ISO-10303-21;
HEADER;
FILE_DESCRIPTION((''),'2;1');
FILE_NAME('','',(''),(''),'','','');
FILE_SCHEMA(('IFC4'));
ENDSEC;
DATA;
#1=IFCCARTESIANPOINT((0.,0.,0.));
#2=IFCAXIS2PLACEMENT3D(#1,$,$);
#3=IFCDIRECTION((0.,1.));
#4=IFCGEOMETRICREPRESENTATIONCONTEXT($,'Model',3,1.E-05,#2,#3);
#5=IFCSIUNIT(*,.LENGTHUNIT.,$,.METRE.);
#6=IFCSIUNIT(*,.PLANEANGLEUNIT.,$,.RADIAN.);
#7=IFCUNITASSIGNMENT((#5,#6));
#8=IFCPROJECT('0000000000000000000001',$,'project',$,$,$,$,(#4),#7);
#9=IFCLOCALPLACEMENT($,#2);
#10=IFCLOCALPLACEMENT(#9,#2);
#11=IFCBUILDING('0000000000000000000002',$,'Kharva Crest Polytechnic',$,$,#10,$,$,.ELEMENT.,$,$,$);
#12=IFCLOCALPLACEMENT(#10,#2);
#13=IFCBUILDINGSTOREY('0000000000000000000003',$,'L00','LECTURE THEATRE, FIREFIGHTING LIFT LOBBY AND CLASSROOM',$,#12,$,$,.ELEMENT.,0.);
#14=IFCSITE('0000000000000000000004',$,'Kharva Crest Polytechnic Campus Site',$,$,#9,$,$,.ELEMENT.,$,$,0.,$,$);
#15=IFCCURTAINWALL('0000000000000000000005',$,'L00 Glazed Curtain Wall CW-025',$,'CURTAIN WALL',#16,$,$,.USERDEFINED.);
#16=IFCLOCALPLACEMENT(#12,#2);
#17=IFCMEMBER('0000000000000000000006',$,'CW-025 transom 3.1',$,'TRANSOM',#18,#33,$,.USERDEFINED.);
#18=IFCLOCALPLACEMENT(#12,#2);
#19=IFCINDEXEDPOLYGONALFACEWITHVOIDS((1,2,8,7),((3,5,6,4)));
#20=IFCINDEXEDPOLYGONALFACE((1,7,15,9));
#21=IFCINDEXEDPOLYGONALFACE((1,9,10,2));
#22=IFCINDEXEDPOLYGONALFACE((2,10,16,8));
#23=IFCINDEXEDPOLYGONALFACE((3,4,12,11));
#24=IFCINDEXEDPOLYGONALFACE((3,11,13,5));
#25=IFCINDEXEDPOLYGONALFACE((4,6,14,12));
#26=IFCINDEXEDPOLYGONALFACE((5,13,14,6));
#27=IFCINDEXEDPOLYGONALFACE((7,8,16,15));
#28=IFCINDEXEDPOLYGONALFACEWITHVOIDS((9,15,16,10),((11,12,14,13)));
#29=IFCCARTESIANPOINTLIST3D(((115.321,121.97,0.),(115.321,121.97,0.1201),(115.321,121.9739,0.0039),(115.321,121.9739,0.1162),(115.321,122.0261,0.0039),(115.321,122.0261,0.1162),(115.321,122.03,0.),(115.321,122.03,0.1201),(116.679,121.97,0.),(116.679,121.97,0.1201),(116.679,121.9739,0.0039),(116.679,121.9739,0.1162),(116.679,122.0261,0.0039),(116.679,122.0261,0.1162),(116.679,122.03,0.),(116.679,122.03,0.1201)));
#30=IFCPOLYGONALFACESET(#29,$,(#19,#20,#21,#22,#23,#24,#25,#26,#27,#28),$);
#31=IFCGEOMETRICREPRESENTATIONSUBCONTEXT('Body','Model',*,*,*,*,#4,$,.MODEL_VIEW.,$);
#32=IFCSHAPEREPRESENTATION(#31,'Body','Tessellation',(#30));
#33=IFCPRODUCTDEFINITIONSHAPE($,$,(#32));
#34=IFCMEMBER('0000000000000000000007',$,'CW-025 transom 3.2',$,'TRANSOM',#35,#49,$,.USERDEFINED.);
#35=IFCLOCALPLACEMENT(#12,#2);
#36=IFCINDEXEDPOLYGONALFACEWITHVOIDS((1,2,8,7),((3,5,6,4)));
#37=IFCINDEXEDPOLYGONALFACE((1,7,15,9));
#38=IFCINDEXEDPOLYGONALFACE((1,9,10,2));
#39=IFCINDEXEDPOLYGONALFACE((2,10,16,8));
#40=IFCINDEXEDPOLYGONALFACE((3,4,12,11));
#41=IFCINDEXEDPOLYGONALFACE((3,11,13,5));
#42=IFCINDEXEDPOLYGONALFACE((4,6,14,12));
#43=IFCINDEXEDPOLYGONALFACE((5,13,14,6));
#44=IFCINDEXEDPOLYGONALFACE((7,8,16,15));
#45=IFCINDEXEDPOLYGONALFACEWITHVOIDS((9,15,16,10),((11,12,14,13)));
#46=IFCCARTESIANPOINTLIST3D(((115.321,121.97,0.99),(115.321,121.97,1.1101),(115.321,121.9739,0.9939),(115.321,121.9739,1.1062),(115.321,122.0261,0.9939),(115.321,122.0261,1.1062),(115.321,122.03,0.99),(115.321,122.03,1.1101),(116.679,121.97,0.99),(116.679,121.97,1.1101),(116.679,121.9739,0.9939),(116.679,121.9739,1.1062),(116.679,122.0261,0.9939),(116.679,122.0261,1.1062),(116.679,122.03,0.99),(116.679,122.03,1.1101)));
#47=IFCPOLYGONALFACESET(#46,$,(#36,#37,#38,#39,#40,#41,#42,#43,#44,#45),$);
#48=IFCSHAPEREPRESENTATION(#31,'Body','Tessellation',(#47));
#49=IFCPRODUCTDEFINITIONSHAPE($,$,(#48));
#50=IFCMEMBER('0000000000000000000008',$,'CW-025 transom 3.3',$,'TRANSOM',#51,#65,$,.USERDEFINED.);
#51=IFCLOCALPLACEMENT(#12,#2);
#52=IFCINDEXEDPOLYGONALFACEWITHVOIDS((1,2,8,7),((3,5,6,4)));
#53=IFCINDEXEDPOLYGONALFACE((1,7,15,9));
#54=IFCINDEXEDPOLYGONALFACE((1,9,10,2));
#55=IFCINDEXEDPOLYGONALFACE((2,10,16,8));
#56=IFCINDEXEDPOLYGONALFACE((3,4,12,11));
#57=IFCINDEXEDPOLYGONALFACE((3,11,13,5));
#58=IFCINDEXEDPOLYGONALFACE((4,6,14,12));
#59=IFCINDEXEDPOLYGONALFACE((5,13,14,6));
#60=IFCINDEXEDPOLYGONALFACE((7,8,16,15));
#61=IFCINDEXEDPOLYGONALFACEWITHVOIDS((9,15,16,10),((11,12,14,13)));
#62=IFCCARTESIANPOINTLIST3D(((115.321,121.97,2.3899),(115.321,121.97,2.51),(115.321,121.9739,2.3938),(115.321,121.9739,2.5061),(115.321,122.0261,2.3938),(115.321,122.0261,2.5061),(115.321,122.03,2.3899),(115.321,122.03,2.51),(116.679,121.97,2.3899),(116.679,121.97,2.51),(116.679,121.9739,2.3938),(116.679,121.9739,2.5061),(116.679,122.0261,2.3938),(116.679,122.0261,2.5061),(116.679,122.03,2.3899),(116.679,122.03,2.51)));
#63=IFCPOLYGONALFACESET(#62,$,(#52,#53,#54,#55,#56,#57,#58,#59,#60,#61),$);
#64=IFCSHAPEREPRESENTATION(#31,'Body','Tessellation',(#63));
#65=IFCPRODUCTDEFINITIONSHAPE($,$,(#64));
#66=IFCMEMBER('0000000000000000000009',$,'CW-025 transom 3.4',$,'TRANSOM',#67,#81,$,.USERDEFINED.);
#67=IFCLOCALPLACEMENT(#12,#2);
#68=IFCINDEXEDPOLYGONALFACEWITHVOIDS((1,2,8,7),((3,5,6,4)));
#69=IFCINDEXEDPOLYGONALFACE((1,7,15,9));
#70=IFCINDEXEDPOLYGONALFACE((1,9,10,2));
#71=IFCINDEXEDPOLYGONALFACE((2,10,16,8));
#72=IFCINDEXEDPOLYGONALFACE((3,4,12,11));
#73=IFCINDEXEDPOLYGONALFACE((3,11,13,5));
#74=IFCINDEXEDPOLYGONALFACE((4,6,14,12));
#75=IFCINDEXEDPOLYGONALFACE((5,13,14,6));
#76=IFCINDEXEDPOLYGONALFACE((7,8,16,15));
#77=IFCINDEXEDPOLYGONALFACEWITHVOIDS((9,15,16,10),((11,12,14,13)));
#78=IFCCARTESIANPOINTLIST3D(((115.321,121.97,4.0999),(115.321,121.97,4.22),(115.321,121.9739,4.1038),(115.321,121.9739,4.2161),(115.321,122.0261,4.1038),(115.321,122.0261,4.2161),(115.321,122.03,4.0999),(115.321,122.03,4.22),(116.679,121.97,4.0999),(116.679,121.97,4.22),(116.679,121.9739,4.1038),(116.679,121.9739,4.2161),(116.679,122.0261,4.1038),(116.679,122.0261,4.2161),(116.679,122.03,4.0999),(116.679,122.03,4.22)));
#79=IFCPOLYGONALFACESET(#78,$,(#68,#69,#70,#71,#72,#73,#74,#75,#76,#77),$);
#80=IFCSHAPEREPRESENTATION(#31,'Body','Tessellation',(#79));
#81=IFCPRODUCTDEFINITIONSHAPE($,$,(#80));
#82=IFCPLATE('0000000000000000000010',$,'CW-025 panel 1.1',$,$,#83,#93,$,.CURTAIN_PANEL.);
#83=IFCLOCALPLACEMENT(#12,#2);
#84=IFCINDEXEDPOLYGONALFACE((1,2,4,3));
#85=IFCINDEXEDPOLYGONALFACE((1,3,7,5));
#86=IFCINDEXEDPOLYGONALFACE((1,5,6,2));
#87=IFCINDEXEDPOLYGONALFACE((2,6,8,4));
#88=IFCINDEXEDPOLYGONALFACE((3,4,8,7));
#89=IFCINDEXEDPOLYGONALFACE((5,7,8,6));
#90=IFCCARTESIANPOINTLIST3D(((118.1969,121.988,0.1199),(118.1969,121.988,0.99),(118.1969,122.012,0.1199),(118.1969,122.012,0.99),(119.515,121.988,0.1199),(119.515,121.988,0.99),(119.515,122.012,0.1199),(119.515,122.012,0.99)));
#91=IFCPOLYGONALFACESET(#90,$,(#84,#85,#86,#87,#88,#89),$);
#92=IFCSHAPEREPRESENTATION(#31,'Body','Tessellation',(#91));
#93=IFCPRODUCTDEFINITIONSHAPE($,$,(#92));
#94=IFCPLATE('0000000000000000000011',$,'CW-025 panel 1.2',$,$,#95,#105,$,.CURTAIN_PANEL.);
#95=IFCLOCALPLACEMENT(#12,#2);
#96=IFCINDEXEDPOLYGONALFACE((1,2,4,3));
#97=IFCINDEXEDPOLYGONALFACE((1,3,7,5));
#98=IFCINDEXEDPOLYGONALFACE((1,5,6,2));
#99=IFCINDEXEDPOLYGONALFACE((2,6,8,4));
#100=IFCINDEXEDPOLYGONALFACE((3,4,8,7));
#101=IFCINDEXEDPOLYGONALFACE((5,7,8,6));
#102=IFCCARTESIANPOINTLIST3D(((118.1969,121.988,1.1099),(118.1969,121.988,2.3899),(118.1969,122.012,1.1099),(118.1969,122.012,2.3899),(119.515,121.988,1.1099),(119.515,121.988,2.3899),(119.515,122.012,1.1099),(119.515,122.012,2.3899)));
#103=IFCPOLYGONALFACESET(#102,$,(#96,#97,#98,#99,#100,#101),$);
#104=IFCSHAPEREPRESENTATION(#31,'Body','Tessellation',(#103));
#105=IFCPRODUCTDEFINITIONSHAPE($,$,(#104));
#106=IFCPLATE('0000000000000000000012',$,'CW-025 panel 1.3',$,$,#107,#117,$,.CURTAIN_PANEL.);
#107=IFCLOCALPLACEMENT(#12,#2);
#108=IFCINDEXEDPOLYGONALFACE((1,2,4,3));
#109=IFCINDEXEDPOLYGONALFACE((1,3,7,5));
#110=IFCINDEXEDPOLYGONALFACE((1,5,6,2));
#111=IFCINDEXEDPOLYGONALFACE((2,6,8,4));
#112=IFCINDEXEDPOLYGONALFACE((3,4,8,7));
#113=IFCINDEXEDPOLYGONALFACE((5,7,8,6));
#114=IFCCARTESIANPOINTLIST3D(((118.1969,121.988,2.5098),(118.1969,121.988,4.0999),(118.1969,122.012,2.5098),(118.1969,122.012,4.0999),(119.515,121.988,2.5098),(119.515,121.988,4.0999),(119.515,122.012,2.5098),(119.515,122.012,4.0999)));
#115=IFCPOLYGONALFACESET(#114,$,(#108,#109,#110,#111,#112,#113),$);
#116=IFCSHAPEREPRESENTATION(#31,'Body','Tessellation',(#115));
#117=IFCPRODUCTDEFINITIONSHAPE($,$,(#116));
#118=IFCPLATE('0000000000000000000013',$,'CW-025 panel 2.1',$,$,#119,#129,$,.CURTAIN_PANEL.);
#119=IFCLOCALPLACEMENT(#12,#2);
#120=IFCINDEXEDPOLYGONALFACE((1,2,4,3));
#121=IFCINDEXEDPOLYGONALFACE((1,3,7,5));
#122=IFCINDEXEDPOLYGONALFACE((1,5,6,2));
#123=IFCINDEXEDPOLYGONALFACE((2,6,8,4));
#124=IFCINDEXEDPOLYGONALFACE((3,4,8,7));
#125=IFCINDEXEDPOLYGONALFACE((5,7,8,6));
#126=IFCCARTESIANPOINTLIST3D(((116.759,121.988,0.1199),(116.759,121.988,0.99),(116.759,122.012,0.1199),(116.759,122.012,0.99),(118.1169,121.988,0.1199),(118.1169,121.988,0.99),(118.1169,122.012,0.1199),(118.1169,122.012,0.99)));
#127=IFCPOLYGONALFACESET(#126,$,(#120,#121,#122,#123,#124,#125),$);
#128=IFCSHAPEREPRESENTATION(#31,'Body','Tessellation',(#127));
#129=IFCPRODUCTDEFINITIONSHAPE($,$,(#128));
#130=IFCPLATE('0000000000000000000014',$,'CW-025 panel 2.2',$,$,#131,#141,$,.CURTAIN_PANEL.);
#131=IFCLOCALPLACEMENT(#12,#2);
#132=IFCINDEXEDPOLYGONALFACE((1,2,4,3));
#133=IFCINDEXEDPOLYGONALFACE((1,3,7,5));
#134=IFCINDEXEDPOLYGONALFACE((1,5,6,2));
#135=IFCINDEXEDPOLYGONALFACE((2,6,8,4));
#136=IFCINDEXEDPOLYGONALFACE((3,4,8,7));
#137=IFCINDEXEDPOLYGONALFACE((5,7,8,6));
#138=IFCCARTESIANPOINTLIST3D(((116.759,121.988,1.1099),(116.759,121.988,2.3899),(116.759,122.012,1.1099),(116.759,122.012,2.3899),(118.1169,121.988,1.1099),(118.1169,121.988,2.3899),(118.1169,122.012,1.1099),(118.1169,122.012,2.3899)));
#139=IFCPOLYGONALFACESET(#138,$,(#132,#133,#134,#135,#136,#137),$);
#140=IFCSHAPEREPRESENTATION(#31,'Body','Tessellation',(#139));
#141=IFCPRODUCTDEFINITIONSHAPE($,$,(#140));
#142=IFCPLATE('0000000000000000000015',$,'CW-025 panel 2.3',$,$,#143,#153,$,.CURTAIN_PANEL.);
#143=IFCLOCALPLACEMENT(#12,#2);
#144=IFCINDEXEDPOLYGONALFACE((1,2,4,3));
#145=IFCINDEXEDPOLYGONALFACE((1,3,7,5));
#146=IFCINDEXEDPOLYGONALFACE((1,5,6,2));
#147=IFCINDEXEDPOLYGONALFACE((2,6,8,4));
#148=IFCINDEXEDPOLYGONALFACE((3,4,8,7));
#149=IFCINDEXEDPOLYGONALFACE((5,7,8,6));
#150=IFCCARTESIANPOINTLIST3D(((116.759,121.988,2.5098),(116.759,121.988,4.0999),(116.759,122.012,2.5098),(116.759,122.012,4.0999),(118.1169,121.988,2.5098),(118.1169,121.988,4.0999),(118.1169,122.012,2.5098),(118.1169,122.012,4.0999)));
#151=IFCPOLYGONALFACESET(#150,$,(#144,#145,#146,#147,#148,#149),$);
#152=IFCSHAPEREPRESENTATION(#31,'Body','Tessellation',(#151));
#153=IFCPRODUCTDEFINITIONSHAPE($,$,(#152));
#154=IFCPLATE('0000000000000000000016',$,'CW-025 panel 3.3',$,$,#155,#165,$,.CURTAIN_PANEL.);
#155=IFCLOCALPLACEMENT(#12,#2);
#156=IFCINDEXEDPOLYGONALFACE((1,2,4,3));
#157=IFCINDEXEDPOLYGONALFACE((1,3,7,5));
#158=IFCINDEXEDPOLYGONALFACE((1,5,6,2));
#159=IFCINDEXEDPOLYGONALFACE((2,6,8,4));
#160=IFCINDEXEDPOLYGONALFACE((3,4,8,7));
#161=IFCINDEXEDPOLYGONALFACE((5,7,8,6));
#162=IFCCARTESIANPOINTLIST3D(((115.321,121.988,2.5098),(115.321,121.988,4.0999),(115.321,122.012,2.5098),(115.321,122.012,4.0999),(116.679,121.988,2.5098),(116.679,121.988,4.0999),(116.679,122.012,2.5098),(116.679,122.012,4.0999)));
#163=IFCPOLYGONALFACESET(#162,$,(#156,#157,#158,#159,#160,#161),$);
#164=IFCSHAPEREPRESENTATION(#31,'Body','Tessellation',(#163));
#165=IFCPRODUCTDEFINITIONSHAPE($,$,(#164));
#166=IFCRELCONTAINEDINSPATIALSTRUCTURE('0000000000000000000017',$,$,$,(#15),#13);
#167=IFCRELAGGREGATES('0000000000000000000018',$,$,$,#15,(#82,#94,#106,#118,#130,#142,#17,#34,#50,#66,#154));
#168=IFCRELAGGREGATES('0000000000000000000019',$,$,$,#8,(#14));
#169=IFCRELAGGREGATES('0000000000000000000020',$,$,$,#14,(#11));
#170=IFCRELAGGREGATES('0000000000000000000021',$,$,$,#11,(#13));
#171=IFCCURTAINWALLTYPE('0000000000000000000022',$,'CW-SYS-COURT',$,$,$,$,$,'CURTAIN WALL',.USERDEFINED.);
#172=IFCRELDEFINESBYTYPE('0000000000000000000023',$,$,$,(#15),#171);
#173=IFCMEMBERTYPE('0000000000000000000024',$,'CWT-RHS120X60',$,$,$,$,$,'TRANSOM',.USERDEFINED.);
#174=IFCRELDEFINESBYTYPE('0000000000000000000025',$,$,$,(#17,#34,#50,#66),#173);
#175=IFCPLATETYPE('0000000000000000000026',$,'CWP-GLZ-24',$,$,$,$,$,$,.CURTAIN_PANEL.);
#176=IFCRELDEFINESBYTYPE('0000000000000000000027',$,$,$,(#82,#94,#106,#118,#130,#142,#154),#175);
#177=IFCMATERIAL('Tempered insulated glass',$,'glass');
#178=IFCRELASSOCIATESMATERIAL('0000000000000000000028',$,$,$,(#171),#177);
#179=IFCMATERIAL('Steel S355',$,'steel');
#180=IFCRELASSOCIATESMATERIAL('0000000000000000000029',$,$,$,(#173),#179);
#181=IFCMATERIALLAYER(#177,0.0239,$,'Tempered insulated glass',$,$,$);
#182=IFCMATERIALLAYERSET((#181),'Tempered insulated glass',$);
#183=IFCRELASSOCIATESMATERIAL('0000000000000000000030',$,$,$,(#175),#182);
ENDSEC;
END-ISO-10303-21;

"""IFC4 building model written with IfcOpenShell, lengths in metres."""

from ifc_helpers import new_model, si_unit, direction, frame, origin, origin_2d, place, context, subcontext, project, spatial, rectangle, hollow_rectangle, extrude, material, layer, layer_set, material_profile, profile_set, type_object, element, aggregate, save


model = new_model("IFC4")

# Units and contexts
model_context = context("Model", 3, precision=1e-05, world=origin(), true_north=direction((0.0, 1.0)))
body_context = subcontext(model_context, "Body", "Model", "MODEL_VIEW")
ifc_project = project(units=[si_unit("LENGTHUNIT", "METRE"), si_unit("PLANEANGLEUNIT", "RADIAN")], contexts=[model_context])

# Site, building, storey
site_placement = place(None, origin())
site = spatial("IfcSite", under=ifc_project, at=site_placement, Name="Kharva Crest Polytechnic Campus Site", CompositionType="ELEMENT", RefElevation=0.0)
building_placement = place(site_placement, origin())
building = spatial("IfcBuilding", under=site, at=building_placement, Name="Kharva Crest Polytechnic", CompositionType="ELEMENT")
storey_placement = place(building_placement, origin())
storey = spatial("IfcBuildingStorey", under=building, at=storey_placement, Name="L00", Description="LECTURE THEATRE, FIREFIGHTING LIFT LOBBY AND CLASSROOM", CompositionType="ELEMENT", Elevation=0.0)

# Curtain wall, members, plates
ifc_material_1 = material(Name="Tempered insulated glass", Category="glass")
curtain_wall_type = type_object("IfcCurtainWallType", Name="CW-SYS-COURT", ElementType="CURTAIN WALL", PredefinedType="USERDEFINED", material=ifc_material_1)
curtain_wall_placement = place(storey_placement, origin())
curtain_wall = element("IfcCurtainWall", 1, at=curtain_wall_placement, inside=storey, type_object=curtain_wall_type, Name="L00 Glazed Curtain Wall CW-025", ObjectType="CURTAIN WALL", PredefinedType="USERDEFINED")
ifc_material_2 = material(Name="Steel S355", Category="steel")
ifc_material_profile_1 = material_profile(ifc_material_2, hollow_rectangle(XDim=0.0601, YDim=0.1201, WallThickness=0.0039, at=origin_2d()), Name="RHS 120X60X4.0")
ifc_profile_set_1 = profile_set([ifc_material_profile_1], Name="Steel S355")
member_type_1 = type_object("IfcMemberType", Name="CWT-RHS120X60", ElementType="TRANSOM", PredefinedType="USERDEFINED", material=ifc_profile_set_1)
member_1_placement = place(storey_placement, frame((116.679, 122.0, 0.0601), z_axis=(-1.0, 0.0, 0.0), x_axis=(0.0, -1.0, 0.0)))
member_1 = element("IfcMember", 2, at=member_1_placement, type_object=member_type_1, Name="CW-025 transom 3.1", ObjectType="TRANSOM", PredefinedType="USERDEFINED", context=body_context, shape_type="SweptSolid", body=[
    extrude(hollow_rectangle(XDim=0.0601, YDim=0.1201, WallThickness=0.0039, at=origin_2d()), origin(), (0.0, 0.0, 1.0), 1.3579),
])
member_2_placement = place(storey_placement, frame((116.679, 122.0, 1.05), z_axis=(-1.0, 0.0, 0.0), x_axis=(0.0, -1.0, 0.0)))
member_2 = element("IfcMember", 3, at=member_2_placement, type_object=member_type_1, Name="CW-025 transom 3.2", ObjectType="TRANSOM", PredefinedType="USERDEFINED", context=body_context, shape_type="SweptSolid", body=[
    extrude(hollow_rectangle(XDim=0.0601, YDim=0.1201, WallThickness=0.0039, at=origin_2d()), origin(), (0.0, 0.0, 1.0), 1.3579),
])
member_3_placement = place(storey_placement, frame((116.679, 122.0, 2.45), z_axis=(-1.0, 0.0, 0.0), x_axis=(0.0, -1.0, 0.0)))
member_3 = element("IfcMember", 4, at=member_3_placement, type_object=member_type_1, Name="CW-025 transom 3.3", ObjectType="TRANSOM", PredefinedType="USERDEFINED", context=body_context, shape_type="SweptSolid", body=[
    extrude(hollow_rectangle(XDim=0.0601, YDim=0.1201, WallThickness=0.0039, at=origin_2d()), origin(), (0.0, 0.0, 1.0), 1.3579),
])
member_4_placement = place(storey_placement, frame((116.679, 122.0, 4.1599), z_axis=(-1.0, 0.0, 0.0), x_axis=(0.0, -1.0, 0.0)))
member_4 = element("IfcMember", 5, at=member_4_placement, type_object=member_type_1, Name="CW-025 transom 3.4", ObjectType="TRANSOM", PredefinedType="USERDEFINED", context=body_context, shape_type="SweptSolid", body=[
    extrude(hollow_rectangle(XDim=0.0601, YDim=0.1201, WallThickness=0.0039, at=origin_2d()), origin(), (0.0, 0.0, 1.0), 1.3579),
])
ifc_layer_1 = layer(ifc_material_1, 0.0239, Name="Tempered insulated glass")
ifc_layer_set_1 = layer_set([ifc_layer_1], Name="Tempered insulated glass")
plate_type = type_object("IfcPlateType", Name="CWP-GLZ-24", PredefinedType="CURTAIN_PANEL", material=ifc_layer_set_1)
plate_1_placement = place(storey_placement, frame((118.856, 122.0, 0.1199), z_axis=(0.0, 0.0, 1.0), x_axis=(-1.0, 0.0, 0.0)))
plate_1 = element("IfcPlate", 6, at=plate_1_placement, type_object=plate_type, Name="CW-025 panel 1.1", PredefinedType="CURTAIN_PANEL", context=body_context, shape_type="SweptSolid", body=[
    extrude(rectangle(XDim=1.3181, YDim=0.0239, at=origin_2d()), origin(), (0.0, 0.0, 1.0), 0.8701),
])
plate_2_placement = place(storey_placement, frame((118.856, 122.0, 1.1099), z_axis=(0.0, 0.0, 1.0), x_axis=(-1.0, 0.0, 0.0)))
plate_2 = element("IfcPlate", 7, at=plate_2_placement, type_object=plate_type, Name="CW-025 panel 1.2", PredefinedType="CURTAIN_PANEL", context=body_context, shape_type="SweptSolid", body=[
    extrude(rectangle(XDim=1.3181, YDim=0.0239, at=origin_2d()), origin(), (0.0, 0.0, 1.0), 1.28),
])
plate_3_placement = place(storey_placement, frame((118.856, 122.0, 2.5098), z_axis=(0.0, 0.0, 1.0), x_axis=(-1.0, 0.0, 0.0)))
plate_3 = element("IfcPlate", 8, at=plate_3_placement, type_object=plate_type, Name="CW-025 panel 1.3", PredefinedType="CURTAIN_PANEL", context=body_context, shape_type="SweptSolid", body=[
    extrude(rectangle(XDim=1.3181, YDim=0.0239, at=origin_2d()), origin(), (0.0, 0.0, 1.0), 1.5901),
])
plate_4_placement = place(storey_placement, frame((117.438, 122.0, 0.1199), z_axis=(0.0, 0.0, 1.0), x_axis=(-1.0, 0.0, 0.0)))
plate_4 = element("IfcPlate", 9, at=plate_4_placement, type_object=plate_type, Name="CW-025 panel 2.1", PredefinedType="CURTAIN_PANEL", context=body_context, shape_type="SweptSolid", body=[
    extrude(rectangle(XDim=1.3579, YDim=0.0239, at=origin_2d()), origin(), (0.0, 0.0, 1.0), 0.8701),
])
plate_5_placement = place(storey_placement, frame((117.438, 122.0, 1.1099), z_axis=(0.0, 0.0, 1.0), x_axis=(-1.0, 0.0, 0.0)))
plate_5 = element("IfcPlate", 10, at=plate_5_placement, type_object=plate_type, Name="CW-025 panel 2.2", PredefinedType="CURTAIN_PANEL", context=body_context, shape_type="SweptSolid", body=[
    extrude(rectangle(XDim=1.3579, YDim=0.0239, at=origin_2d()), origin(), (0.0, 0.0, 1.0), 1.28),
])
plate_6_placement = place(storey_placement, frame((117.438, 122.0, 2.5098), z_axis=(0.0, 0.0, 1.0), x_axis=(-1.0, 0.0, 0.0)))
plate_6 = element("IfcPlate", 11, at=plate_6_placement, type_object=plate_type, Name="CW-025 panel 2.3", PredefinedType="CURTAIN_PANEL", context=body_context, shape_type="SweptSolid", body=[
    extrude(rectangle(XDim=1.3579, YDim=0.0239, at=origin_2d()), origin(), (0.0, 0.0, 1.0), 1.5901),
])
plate_7_placement = place(storey_placement, frame((116.0, 122.0, 2.5098), z_axis=(0.0, 0.0, 1.0), x_axis=(-1.0, 0.0, 0.0)))
plate_7 = element("IfcPlate", 12, at=plate_7_placement, type_object=plate_type, Name="CW-025 panel 3.3", PredefinedType="CURTAIN_PANEL", context=body_context, shape_type="SweptSolid", body=[
    extrude(rectangle(XDim=1.3579, YDim=0.0239, at=origin_2d()), origin(), (0.0, 0.0, 1.0), 1.5901),
])
aggregate(curtain_wall, [plate_1, plate_2, plate_3, plate_4, plate_5, plate_6, member_1, member_2, member_3, member_4, plate_7])

save(model, "model.ifc")
